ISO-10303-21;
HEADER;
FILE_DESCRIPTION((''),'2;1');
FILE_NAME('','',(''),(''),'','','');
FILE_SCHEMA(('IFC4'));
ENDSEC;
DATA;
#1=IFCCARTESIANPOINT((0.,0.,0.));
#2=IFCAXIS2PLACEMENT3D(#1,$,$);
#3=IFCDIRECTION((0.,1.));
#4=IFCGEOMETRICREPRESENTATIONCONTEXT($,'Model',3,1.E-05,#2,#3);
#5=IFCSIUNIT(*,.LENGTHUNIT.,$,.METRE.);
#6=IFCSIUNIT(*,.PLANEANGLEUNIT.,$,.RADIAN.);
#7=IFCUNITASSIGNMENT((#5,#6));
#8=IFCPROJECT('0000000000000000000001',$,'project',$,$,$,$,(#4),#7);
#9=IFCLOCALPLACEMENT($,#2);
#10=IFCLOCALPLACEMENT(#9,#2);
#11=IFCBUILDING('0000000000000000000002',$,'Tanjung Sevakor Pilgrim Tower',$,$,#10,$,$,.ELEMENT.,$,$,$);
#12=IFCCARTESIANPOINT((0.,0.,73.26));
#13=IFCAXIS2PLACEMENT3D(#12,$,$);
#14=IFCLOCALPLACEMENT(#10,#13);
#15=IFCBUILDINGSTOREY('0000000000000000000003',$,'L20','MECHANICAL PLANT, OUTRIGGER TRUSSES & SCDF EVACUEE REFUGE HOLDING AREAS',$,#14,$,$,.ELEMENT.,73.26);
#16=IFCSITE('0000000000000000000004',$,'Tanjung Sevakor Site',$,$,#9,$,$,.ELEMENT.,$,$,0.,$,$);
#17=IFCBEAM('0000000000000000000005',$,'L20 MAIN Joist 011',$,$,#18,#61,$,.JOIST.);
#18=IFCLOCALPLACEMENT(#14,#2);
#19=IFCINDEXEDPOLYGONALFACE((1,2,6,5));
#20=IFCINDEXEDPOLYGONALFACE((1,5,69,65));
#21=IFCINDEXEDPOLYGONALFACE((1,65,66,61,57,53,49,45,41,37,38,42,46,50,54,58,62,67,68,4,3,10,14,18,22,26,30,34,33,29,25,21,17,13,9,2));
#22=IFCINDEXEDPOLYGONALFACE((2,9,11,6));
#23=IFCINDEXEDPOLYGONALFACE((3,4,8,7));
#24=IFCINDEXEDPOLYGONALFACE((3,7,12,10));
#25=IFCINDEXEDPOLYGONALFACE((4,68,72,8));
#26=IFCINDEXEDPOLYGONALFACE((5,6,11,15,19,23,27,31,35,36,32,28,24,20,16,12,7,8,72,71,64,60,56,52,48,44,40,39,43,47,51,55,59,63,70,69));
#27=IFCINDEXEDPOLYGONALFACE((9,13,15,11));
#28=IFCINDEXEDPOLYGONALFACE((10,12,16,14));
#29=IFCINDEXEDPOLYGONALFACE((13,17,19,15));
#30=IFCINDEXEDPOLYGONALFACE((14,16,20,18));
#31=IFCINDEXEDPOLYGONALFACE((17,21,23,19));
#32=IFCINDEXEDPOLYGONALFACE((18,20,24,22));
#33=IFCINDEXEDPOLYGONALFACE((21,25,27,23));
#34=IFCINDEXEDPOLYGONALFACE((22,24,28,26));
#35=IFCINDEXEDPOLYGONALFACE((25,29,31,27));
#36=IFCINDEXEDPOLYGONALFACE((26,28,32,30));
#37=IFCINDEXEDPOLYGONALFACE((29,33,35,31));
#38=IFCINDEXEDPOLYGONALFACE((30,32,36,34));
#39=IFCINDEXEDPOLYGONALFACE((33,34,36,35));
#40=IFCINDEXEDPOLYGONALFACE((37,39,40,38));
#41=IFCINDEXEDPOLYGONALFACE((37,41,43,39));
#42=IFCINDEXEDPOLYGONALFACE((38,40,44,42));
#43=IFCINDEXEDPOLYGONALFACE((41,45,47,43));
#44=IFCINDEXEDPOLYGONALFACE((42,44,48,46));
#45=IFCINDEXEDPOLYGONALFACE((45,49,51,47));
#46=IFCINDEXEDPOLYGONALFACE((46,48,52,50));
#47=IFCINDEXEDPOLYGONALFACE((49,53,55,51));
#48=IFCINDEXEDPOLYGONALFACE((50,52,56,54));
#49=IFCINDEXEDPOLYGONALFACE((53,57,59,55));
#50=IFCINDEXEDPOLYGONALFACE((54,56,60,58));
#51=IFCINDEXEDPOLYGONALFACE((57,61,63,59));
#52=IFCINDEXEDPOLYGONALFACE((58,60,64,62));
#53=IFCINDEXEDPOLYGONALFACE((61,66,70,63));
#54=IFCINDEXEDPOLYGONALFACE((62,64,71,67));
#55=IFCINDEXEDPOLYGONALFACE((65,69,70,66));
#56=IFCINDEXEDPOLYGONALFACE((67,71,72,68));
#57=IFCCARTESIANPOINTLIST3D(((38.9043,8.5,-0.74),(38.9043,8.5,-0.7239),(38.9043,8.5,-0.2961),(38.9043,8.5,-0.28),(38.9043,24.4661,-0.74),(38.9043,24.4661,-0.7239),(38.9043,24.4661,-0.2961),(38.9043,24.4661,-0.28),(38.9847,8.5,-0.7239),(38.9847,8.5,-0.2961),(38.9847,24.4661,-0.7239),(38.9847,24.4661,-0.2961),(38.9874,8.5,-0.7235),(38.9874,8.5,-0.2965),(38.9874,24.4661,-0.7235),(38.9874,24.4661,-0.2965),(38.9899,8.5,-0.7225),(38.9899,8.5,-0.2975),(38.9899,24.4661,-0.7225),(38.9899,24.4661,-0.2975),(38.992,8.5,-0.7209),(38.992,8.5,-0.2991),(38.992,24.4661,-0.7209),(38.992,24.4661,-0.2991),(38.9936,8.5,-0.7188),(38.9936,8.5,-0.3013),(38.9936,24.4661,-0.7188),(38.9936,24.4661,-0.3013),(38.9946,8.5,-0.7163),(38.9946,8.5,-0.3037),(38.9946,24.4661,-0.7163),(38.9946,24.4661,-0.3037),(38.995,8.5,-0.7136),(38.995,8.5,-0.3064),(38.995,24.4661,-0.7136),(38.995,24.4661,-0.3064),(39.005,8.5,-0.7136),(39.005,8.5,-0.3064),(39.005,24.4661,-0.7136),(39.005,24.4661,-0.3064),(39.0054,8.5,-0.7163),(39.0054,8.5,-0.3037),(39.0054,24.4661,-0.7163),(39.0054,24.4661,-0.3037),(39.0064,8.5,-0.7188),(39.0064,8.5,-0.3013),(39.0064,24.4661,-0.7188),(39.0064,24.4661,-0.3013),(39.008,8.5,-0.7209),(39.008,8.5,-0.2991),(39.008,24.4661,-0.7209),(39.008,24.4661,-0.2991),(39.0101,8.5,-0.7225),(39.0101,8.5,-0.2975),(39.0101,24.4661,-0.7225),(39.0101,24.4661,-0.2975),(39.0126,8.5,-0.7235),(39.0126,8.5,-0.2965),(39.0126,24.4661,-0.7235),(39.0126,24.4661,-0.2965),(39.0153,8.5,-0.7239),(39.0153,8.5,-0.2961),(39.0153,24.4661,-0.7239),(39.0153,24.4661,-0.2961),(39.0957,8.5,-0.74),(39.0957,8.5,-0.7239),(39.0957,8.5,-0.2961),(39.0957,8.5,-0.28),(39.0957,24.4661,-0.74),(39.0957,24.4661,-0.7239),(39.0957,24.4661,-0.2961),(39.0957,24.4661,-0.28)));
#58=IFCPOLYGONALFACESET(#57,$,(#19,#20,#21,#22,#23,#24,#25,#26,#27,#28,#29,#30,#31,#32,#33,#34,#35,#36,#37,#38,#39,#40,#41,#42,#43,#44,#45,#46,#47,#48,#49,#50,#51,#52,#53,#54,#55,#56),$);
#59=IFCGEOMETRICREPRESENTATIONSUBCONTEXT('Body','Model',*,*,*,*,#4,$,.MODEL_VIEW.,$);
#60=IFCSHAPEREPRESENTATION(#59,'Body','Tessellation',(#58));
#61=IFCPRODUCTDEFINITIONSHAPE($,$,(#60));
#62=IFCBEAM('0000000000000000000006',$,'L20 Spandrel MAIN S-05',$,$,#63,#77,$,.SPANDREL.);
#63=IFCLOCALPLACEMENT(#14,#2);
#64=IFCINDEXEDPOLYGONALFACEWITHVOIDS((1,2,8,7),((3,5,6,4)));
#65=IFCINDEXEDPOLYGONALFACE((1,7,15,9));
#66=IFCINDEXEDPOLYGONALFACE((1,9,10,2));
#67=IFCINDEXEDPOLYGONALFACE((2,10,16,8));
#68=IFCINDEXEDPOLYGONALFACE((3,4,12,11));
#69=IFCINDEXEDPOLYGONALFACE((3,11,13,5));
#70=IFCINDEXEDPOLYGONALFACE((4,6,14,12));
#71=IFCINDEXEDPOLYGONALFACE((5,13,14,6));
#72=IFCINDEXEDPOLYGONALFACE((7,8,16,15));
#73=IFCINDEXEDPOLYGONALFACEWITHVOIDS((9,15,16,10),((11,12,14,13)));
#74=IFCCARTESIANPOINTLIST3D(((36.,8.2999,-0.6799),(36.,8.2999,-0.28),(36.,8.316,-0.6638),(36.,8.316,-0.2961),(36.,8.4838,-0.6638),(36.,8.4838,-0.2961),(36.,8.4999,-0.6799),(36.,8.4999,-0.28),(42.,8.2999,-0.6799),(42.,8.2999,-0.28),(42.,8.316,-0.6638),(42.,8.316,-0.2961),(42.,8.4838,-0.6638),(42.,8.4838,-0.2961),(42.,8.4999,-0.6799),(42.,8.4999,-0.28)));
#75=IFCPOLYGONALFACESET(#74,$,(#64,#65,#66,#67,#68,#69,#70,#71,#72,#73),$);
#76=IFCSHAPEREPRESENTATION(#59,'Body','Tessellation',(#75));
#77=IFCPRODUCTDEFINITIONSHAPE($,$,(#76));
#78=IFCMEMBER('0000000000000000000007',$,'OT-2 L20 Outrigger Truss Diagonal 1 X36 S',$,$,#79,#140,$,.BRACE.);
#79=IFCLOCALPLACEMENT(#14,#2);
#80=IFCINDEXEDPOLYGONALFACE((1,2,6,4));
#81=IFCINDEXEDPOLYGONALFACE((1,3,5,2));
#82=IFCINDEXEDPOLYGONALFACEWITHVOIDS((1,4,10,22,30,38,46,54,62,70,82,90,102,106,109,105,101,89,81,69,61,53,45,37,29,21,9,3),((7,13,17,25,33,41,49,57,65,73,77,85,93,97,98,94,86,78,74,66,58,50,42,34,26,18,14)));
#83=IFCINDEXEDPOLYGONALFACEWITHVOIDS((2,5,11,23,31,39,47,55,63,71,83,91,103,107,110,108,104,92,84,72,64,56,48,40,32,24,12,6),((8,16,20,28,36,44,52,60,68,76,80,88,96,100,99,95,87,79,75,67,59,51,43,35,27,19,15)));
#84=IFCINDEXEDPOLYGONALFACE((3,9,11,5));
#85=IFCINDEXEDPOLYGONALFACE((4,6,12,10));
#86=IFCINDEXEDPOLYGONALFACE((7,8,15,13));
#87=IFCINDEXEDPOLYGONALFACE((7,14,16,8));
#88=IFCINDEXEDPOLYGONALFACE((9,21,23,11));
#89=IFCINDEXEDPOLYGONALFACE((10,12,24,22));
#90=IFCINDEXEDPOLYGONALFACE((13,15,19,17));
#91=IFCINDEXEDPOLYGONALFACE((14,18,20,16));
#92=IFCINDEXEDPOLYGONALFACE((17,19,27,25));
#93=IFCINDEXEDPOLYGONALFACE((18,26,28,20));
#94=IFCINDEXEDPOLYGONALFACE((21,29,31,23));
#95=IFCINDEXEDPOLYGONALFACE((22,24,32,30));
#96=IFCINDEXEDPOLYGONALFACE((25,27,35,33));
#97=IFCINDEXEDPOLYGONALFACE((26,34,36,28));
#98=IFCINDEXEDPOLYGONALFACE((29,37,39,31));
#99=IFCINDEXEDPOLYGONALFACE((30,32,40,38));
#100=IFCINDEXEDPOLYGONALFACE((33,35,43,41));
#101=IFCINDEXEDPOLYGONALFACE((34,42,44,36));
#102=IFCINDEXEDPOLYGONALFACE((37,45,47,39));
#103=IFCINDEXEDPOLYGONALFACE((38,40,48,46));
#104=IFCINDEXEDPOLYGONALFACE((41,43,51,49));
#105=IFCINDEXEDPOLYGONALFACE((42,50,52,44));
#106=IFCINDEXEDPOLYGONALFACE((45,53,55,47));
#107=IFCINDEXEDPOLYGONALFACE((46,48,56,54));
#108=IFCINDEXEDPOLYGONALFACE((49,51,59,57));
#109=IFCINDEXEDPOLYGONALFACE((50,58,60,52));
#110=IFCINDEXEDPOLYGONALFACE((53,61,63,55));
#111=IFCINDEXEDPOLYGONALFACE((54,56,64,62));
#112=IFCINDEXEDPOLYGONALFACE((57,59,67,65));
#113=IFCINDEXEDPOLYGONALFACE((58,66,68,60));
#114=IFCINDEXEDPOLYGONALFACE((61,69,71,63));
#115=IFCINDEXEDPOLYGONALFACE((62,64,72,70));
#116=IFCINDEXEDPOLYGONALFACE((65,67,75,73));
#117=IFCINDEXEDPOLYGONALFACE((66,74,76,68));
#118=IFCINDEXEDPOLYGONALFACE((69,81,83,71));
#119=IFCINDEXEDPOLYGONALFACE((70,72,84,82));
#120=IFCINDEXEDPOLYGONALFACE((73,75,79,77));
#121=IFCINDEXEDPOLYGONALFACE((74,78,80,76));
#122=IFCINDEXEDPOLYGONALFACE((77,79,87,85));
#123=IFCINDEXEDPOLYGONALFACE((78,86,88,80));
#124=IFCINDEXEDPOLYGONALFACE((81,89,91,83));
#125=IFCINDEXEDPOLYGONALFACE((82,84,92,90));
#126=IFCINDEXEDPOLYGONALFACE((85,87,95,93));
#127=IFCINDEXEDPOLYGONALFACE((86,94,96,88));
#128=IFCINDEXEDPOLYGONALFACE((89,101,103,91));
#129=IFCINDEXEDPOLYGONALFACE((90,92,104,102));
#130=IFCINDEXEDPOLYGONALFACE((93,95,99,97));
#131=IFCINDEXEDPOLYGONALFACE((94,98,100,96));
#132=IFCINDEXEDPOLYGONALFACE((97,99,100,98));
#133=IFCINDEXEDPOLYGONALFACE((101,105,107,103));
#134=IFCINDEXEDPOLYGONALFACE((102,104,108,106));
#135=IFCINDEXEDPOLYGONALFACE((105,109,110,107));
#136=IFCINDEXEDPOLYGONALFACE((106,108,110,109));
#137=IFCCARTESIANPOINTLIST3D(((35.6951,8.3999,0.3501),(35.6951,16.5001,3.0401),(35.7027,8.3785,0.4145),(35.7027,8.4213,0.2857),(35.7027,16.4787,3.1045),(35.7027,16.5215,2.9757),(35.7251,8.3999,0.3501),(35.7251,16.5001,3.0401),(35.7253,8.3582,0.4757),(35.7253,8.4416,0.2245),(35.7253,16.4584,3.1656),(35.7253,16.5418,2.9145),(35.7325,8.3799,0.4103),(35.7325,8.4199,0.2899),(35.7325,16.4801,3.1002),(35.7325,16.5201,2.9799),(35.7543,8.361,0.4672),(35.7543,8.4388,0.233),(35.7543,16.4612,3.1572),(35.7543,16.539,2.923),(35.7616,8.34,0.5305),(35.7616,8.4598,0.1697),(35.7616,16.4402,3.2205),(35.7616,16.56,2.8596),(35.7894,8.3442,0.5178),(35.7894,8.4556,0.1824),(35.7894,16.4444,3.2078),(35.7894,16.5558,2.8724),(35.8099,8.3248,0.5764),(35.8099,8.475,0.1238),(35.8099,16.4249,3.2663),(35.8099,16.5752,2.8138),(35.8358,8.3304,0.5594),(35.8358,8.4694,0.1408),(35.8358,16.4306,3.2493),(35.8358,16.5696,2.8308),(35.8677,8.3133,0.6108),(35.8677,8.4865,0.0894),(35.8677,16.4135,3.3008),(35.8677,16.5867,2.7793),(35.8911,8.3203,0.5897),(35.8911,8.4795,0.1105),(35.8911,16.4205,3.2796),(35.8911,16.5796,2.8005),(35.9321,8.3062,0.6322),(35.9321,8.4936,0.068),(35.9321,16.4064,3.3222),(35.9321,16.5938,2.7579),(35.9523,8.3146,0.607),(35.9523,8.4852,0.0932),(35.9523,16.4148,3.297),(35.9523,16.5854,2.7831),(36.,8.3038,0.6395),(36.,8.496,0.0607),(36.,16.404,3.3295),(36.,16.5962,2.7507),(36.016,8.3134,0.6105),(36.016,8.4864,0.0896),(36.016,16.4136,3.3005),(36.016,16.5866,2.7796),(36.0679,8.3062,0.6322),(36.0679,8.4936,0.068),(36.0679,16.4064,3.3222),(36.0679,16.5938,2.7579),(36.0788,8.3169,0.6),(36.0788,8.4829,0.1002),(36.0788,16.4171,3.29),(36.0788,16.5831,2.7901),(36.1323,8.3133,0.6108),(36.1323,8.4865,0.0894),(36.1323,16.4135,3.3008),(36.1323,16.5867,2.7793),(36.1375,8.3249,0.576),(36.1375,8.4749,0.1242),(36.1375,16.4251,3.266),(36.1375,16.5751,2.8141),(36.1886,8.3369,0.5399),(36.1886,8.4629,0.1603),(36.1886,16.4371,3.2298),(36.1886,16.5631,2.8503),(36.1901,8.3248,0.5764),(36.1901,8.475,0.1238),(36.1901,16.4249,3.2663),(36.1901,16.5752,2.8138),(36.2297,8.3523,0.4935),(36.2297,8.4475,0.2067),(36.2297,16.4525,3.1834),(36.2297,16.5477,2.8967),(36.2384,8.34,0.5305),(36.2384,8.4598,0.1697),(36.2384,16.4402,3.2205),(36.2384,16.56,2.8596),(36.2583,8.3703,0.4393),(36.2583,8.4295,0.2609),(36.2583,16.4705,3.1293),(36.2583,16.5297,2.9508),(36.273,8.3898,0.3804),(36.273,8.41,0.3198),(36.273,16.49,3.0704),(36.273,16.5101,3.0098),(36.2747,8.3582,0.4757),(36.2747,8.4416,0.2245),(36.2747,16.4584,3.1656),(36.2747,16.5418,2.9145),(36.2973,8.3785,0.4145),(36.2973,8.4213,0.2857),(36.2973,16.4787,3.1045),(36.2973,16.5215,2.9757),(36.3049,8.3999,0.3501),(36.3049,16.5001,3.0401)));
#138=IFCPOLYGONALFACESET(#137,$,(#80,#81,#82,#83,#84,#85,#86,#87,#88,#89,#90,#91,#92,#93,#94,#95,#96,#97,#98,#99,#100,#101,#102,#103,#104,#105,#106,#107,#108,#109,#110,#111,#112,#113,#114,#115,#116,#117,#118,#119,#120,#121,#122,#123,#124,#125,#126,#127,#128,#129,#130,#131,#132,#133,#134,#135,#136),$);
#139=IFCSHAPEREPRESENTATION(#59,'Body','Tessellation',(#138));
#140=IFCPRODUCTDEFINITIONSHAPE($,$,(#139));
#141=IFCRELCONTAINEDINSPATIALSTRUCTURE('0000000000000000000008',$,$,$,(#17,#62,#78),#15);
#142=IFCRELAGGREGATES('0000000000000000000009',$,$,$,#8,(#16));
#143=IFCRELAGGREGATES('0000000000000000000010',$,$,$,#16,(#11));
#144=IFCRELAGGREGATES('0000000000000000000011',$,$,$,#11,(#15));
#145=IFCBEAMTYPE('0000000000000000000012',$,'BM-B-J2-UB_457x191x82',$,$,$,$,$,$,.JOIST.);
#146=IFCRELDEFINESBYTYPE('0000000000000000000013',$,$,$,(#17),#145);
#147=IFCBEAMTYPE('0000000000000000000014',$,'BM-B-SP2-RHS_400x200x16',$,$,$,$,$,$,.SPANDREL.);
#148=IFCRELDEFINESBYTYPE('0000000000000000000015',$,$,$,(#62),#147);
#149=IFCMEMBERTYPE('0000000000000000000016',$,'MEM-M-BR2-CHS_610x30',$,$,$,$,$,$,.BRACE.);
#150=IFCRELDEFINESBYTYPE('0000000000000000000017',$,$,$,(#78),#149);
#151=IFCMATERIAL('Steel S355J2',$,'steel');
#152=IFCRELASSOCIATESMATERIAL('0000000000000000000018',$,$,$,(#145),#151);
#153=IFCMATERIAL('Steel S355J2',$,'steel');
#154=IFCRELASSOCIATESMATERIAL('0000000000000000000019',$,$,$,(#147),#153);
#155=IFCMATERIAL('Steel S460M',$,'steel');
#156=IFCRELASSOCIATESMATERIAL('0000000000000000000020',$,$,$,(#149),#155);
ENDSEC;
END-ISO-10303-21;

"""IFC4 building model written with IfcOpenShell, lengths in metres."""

from ifc_helpers import new_model, si_unit, direction, frame, origin, origin_2d, place, context, subcontext, project, spatial, hollow_rectangle, hollow_circle, i_section, extrude, material, material_profile, profile_set, type_object, element, save


model = new_model("IFC4")

# Units and contexts
model_context = context("Model", 3, precision=1e-05, world=origin(), true_north=direction((0.0, 1.0)))
body_context = subcontext(model_context, "Body", "Model", "MODEL_VIEW")
ifc_project = project(units=[si_unit("LENGTHUNIT", "METRE"), si_unit("PLANEANGLEUNIT", "RADIAN")], contexts=[model_context])

# Site, building, storey
site_placement = place(None, origin())
site = spatial("IfcSite", under=ifc_project, at=site_placement, Name="Tanjung Sevakor Site", CompositionType="ELEMENT", RefElevation=0.0)
building_placement = place(site_placement, origin())
building = spatial("IfcBuilding", under=site, at=building_placement, Name="Tanjung Sevakor Pilgrim Tower", CompositionType="ELEMENT")
storey_placement = place(building_placement, frame((0.0, 0.0, 73.26)))
storey = spatial("IfcBuildingStorey", under=building, at=storey_placement, Name="L20", Description="MECHANICAL PLANT, OUTRIGGER TRUSSES & SCDF EVACUEE REFUGE HOLDING AREAS", CompositionType="ELEMENT", Elevation=73.26)

# Beams
ifc_material_1 = material(Name="Steel S355J2", Category="steel")
ifc_material_profile_1 = material_profile(ifc_material_1, i_section(OverallWidth=0.1914, OverallDepth=0.46, WebThickness=0.01, FlangeThickness=0.0161, FilletRadius=0.0103, at=origin_2d()))
ifc_profile_set_1 = profile_set([ifc_material_profile_1], Name="Steel S355J2")
beam_type_1 = type_object("IfcBeamType", Name="BM-B-J2-UB_457x191x82", PredefinedType="JOIST", material=ifc_profile_set_1)
beam_1_placement = place(storey_placement, frame((39.0, 8.5, -0.51), z_axis=(0.0, 1.0, 0.0), x_axis=(-1.0, 0.0, 0.0)))
element("IfcBeam", 1, at=beam_1_placement, inside=storey, type_object=beam_type_1, Name="L20 MAIN Joist 011", PredefinedType="JOIST", context=body_context, shape_type="SweptSolid", body=[
    extrude(i_section(OverallWidth=0.1914, OverallDepth=0.46, WebThickness=0.01, FlangeThickness=0.0161, FilletRadius=0.0103, at=origin_2d()), origin(), (0.0, 0.0, 1.0), 15.9661),
])
ifc_material_2 = material(Name="Steel S355J2", Category="steel")
ifc_material_profile_2 = material_profile(ifc_material_2, hollow_rectangle(XDim=0.2, YDim=0.3999, WallThickness=0.0161, at=origin_2d()))
ifc_profile_set_2 = profile_set([ifc_material_profile_2], Name="Steel S355J2")
beam_type_2 = type_object("IfcBeamType", Name="BM-B-SP2-RHS_400x200x16", PredefinedType="SPANDREL", material=ifc_profile_set_2)
beam_2_placement = place(storey_placement, frame((36.0, 8.3999, -0.48), z_axis=(1.0, 0.0, 0.0), x_axis=(0.0, 1.0, 0.0)))
element("IfcBeam", 2, at=beam_2_placement, inside=storey, type_object=beam_type_2, Name="L20 Spandrel MAIN S-05", PredefinedType="SPANDREL", context=body_context, shape_type="SweptSolid", body=[
    extrude(hollow_rectangle(XDim=0.2, YDim=0.3999, WallThickness=0.0161, at=origin_2d()), origin(), (0.0, 0.0, 1.0), 6.0),
])

# Member
ifc_material_3 = material(Name="Steel S460M", Category="steel")
ifc_material_profile_3 = material_profile(ifc_material_3, hollow_circle(Radius=0.3049, WallThickness=0.03, at=origin_2d()))
ifc_profile_set_3 = profile_set([ifc_material_profile_3], Name="Steel S460M")
member_type_1 = type_object("IfcMemberType", Name="MEM-M-BR2-CHS_610x30", PredefinedType="BRACE", material=ifc_profile_set_3)
for number, where, z_axis, x_axis, name in (
    (3, (36.0, 8.3999, 0.3501), (0.0, 0.949037, 0.315163), (-1.0, 0.0, 0.0), "OT-2 L20 Outrigger Truss Diagonal 1 X36 S"),
):
    element("IfcMember", number, at=place(storey_placement, frame(where, z_axis=z_axis, x_axis=x_axis)), inside=storey, type_object=member_type_1, Name=name, PredefinedType="BRACE", context=body_context, shape_type="SweptSolid", body=[
        extrude(hollow_circle(Radius=0.3049, WallThickness=0.03, at=origin_2d()), origin(), (0.0, 0.0, 1.0), 8.5352),
    ])

save(model, "model.ifc")
